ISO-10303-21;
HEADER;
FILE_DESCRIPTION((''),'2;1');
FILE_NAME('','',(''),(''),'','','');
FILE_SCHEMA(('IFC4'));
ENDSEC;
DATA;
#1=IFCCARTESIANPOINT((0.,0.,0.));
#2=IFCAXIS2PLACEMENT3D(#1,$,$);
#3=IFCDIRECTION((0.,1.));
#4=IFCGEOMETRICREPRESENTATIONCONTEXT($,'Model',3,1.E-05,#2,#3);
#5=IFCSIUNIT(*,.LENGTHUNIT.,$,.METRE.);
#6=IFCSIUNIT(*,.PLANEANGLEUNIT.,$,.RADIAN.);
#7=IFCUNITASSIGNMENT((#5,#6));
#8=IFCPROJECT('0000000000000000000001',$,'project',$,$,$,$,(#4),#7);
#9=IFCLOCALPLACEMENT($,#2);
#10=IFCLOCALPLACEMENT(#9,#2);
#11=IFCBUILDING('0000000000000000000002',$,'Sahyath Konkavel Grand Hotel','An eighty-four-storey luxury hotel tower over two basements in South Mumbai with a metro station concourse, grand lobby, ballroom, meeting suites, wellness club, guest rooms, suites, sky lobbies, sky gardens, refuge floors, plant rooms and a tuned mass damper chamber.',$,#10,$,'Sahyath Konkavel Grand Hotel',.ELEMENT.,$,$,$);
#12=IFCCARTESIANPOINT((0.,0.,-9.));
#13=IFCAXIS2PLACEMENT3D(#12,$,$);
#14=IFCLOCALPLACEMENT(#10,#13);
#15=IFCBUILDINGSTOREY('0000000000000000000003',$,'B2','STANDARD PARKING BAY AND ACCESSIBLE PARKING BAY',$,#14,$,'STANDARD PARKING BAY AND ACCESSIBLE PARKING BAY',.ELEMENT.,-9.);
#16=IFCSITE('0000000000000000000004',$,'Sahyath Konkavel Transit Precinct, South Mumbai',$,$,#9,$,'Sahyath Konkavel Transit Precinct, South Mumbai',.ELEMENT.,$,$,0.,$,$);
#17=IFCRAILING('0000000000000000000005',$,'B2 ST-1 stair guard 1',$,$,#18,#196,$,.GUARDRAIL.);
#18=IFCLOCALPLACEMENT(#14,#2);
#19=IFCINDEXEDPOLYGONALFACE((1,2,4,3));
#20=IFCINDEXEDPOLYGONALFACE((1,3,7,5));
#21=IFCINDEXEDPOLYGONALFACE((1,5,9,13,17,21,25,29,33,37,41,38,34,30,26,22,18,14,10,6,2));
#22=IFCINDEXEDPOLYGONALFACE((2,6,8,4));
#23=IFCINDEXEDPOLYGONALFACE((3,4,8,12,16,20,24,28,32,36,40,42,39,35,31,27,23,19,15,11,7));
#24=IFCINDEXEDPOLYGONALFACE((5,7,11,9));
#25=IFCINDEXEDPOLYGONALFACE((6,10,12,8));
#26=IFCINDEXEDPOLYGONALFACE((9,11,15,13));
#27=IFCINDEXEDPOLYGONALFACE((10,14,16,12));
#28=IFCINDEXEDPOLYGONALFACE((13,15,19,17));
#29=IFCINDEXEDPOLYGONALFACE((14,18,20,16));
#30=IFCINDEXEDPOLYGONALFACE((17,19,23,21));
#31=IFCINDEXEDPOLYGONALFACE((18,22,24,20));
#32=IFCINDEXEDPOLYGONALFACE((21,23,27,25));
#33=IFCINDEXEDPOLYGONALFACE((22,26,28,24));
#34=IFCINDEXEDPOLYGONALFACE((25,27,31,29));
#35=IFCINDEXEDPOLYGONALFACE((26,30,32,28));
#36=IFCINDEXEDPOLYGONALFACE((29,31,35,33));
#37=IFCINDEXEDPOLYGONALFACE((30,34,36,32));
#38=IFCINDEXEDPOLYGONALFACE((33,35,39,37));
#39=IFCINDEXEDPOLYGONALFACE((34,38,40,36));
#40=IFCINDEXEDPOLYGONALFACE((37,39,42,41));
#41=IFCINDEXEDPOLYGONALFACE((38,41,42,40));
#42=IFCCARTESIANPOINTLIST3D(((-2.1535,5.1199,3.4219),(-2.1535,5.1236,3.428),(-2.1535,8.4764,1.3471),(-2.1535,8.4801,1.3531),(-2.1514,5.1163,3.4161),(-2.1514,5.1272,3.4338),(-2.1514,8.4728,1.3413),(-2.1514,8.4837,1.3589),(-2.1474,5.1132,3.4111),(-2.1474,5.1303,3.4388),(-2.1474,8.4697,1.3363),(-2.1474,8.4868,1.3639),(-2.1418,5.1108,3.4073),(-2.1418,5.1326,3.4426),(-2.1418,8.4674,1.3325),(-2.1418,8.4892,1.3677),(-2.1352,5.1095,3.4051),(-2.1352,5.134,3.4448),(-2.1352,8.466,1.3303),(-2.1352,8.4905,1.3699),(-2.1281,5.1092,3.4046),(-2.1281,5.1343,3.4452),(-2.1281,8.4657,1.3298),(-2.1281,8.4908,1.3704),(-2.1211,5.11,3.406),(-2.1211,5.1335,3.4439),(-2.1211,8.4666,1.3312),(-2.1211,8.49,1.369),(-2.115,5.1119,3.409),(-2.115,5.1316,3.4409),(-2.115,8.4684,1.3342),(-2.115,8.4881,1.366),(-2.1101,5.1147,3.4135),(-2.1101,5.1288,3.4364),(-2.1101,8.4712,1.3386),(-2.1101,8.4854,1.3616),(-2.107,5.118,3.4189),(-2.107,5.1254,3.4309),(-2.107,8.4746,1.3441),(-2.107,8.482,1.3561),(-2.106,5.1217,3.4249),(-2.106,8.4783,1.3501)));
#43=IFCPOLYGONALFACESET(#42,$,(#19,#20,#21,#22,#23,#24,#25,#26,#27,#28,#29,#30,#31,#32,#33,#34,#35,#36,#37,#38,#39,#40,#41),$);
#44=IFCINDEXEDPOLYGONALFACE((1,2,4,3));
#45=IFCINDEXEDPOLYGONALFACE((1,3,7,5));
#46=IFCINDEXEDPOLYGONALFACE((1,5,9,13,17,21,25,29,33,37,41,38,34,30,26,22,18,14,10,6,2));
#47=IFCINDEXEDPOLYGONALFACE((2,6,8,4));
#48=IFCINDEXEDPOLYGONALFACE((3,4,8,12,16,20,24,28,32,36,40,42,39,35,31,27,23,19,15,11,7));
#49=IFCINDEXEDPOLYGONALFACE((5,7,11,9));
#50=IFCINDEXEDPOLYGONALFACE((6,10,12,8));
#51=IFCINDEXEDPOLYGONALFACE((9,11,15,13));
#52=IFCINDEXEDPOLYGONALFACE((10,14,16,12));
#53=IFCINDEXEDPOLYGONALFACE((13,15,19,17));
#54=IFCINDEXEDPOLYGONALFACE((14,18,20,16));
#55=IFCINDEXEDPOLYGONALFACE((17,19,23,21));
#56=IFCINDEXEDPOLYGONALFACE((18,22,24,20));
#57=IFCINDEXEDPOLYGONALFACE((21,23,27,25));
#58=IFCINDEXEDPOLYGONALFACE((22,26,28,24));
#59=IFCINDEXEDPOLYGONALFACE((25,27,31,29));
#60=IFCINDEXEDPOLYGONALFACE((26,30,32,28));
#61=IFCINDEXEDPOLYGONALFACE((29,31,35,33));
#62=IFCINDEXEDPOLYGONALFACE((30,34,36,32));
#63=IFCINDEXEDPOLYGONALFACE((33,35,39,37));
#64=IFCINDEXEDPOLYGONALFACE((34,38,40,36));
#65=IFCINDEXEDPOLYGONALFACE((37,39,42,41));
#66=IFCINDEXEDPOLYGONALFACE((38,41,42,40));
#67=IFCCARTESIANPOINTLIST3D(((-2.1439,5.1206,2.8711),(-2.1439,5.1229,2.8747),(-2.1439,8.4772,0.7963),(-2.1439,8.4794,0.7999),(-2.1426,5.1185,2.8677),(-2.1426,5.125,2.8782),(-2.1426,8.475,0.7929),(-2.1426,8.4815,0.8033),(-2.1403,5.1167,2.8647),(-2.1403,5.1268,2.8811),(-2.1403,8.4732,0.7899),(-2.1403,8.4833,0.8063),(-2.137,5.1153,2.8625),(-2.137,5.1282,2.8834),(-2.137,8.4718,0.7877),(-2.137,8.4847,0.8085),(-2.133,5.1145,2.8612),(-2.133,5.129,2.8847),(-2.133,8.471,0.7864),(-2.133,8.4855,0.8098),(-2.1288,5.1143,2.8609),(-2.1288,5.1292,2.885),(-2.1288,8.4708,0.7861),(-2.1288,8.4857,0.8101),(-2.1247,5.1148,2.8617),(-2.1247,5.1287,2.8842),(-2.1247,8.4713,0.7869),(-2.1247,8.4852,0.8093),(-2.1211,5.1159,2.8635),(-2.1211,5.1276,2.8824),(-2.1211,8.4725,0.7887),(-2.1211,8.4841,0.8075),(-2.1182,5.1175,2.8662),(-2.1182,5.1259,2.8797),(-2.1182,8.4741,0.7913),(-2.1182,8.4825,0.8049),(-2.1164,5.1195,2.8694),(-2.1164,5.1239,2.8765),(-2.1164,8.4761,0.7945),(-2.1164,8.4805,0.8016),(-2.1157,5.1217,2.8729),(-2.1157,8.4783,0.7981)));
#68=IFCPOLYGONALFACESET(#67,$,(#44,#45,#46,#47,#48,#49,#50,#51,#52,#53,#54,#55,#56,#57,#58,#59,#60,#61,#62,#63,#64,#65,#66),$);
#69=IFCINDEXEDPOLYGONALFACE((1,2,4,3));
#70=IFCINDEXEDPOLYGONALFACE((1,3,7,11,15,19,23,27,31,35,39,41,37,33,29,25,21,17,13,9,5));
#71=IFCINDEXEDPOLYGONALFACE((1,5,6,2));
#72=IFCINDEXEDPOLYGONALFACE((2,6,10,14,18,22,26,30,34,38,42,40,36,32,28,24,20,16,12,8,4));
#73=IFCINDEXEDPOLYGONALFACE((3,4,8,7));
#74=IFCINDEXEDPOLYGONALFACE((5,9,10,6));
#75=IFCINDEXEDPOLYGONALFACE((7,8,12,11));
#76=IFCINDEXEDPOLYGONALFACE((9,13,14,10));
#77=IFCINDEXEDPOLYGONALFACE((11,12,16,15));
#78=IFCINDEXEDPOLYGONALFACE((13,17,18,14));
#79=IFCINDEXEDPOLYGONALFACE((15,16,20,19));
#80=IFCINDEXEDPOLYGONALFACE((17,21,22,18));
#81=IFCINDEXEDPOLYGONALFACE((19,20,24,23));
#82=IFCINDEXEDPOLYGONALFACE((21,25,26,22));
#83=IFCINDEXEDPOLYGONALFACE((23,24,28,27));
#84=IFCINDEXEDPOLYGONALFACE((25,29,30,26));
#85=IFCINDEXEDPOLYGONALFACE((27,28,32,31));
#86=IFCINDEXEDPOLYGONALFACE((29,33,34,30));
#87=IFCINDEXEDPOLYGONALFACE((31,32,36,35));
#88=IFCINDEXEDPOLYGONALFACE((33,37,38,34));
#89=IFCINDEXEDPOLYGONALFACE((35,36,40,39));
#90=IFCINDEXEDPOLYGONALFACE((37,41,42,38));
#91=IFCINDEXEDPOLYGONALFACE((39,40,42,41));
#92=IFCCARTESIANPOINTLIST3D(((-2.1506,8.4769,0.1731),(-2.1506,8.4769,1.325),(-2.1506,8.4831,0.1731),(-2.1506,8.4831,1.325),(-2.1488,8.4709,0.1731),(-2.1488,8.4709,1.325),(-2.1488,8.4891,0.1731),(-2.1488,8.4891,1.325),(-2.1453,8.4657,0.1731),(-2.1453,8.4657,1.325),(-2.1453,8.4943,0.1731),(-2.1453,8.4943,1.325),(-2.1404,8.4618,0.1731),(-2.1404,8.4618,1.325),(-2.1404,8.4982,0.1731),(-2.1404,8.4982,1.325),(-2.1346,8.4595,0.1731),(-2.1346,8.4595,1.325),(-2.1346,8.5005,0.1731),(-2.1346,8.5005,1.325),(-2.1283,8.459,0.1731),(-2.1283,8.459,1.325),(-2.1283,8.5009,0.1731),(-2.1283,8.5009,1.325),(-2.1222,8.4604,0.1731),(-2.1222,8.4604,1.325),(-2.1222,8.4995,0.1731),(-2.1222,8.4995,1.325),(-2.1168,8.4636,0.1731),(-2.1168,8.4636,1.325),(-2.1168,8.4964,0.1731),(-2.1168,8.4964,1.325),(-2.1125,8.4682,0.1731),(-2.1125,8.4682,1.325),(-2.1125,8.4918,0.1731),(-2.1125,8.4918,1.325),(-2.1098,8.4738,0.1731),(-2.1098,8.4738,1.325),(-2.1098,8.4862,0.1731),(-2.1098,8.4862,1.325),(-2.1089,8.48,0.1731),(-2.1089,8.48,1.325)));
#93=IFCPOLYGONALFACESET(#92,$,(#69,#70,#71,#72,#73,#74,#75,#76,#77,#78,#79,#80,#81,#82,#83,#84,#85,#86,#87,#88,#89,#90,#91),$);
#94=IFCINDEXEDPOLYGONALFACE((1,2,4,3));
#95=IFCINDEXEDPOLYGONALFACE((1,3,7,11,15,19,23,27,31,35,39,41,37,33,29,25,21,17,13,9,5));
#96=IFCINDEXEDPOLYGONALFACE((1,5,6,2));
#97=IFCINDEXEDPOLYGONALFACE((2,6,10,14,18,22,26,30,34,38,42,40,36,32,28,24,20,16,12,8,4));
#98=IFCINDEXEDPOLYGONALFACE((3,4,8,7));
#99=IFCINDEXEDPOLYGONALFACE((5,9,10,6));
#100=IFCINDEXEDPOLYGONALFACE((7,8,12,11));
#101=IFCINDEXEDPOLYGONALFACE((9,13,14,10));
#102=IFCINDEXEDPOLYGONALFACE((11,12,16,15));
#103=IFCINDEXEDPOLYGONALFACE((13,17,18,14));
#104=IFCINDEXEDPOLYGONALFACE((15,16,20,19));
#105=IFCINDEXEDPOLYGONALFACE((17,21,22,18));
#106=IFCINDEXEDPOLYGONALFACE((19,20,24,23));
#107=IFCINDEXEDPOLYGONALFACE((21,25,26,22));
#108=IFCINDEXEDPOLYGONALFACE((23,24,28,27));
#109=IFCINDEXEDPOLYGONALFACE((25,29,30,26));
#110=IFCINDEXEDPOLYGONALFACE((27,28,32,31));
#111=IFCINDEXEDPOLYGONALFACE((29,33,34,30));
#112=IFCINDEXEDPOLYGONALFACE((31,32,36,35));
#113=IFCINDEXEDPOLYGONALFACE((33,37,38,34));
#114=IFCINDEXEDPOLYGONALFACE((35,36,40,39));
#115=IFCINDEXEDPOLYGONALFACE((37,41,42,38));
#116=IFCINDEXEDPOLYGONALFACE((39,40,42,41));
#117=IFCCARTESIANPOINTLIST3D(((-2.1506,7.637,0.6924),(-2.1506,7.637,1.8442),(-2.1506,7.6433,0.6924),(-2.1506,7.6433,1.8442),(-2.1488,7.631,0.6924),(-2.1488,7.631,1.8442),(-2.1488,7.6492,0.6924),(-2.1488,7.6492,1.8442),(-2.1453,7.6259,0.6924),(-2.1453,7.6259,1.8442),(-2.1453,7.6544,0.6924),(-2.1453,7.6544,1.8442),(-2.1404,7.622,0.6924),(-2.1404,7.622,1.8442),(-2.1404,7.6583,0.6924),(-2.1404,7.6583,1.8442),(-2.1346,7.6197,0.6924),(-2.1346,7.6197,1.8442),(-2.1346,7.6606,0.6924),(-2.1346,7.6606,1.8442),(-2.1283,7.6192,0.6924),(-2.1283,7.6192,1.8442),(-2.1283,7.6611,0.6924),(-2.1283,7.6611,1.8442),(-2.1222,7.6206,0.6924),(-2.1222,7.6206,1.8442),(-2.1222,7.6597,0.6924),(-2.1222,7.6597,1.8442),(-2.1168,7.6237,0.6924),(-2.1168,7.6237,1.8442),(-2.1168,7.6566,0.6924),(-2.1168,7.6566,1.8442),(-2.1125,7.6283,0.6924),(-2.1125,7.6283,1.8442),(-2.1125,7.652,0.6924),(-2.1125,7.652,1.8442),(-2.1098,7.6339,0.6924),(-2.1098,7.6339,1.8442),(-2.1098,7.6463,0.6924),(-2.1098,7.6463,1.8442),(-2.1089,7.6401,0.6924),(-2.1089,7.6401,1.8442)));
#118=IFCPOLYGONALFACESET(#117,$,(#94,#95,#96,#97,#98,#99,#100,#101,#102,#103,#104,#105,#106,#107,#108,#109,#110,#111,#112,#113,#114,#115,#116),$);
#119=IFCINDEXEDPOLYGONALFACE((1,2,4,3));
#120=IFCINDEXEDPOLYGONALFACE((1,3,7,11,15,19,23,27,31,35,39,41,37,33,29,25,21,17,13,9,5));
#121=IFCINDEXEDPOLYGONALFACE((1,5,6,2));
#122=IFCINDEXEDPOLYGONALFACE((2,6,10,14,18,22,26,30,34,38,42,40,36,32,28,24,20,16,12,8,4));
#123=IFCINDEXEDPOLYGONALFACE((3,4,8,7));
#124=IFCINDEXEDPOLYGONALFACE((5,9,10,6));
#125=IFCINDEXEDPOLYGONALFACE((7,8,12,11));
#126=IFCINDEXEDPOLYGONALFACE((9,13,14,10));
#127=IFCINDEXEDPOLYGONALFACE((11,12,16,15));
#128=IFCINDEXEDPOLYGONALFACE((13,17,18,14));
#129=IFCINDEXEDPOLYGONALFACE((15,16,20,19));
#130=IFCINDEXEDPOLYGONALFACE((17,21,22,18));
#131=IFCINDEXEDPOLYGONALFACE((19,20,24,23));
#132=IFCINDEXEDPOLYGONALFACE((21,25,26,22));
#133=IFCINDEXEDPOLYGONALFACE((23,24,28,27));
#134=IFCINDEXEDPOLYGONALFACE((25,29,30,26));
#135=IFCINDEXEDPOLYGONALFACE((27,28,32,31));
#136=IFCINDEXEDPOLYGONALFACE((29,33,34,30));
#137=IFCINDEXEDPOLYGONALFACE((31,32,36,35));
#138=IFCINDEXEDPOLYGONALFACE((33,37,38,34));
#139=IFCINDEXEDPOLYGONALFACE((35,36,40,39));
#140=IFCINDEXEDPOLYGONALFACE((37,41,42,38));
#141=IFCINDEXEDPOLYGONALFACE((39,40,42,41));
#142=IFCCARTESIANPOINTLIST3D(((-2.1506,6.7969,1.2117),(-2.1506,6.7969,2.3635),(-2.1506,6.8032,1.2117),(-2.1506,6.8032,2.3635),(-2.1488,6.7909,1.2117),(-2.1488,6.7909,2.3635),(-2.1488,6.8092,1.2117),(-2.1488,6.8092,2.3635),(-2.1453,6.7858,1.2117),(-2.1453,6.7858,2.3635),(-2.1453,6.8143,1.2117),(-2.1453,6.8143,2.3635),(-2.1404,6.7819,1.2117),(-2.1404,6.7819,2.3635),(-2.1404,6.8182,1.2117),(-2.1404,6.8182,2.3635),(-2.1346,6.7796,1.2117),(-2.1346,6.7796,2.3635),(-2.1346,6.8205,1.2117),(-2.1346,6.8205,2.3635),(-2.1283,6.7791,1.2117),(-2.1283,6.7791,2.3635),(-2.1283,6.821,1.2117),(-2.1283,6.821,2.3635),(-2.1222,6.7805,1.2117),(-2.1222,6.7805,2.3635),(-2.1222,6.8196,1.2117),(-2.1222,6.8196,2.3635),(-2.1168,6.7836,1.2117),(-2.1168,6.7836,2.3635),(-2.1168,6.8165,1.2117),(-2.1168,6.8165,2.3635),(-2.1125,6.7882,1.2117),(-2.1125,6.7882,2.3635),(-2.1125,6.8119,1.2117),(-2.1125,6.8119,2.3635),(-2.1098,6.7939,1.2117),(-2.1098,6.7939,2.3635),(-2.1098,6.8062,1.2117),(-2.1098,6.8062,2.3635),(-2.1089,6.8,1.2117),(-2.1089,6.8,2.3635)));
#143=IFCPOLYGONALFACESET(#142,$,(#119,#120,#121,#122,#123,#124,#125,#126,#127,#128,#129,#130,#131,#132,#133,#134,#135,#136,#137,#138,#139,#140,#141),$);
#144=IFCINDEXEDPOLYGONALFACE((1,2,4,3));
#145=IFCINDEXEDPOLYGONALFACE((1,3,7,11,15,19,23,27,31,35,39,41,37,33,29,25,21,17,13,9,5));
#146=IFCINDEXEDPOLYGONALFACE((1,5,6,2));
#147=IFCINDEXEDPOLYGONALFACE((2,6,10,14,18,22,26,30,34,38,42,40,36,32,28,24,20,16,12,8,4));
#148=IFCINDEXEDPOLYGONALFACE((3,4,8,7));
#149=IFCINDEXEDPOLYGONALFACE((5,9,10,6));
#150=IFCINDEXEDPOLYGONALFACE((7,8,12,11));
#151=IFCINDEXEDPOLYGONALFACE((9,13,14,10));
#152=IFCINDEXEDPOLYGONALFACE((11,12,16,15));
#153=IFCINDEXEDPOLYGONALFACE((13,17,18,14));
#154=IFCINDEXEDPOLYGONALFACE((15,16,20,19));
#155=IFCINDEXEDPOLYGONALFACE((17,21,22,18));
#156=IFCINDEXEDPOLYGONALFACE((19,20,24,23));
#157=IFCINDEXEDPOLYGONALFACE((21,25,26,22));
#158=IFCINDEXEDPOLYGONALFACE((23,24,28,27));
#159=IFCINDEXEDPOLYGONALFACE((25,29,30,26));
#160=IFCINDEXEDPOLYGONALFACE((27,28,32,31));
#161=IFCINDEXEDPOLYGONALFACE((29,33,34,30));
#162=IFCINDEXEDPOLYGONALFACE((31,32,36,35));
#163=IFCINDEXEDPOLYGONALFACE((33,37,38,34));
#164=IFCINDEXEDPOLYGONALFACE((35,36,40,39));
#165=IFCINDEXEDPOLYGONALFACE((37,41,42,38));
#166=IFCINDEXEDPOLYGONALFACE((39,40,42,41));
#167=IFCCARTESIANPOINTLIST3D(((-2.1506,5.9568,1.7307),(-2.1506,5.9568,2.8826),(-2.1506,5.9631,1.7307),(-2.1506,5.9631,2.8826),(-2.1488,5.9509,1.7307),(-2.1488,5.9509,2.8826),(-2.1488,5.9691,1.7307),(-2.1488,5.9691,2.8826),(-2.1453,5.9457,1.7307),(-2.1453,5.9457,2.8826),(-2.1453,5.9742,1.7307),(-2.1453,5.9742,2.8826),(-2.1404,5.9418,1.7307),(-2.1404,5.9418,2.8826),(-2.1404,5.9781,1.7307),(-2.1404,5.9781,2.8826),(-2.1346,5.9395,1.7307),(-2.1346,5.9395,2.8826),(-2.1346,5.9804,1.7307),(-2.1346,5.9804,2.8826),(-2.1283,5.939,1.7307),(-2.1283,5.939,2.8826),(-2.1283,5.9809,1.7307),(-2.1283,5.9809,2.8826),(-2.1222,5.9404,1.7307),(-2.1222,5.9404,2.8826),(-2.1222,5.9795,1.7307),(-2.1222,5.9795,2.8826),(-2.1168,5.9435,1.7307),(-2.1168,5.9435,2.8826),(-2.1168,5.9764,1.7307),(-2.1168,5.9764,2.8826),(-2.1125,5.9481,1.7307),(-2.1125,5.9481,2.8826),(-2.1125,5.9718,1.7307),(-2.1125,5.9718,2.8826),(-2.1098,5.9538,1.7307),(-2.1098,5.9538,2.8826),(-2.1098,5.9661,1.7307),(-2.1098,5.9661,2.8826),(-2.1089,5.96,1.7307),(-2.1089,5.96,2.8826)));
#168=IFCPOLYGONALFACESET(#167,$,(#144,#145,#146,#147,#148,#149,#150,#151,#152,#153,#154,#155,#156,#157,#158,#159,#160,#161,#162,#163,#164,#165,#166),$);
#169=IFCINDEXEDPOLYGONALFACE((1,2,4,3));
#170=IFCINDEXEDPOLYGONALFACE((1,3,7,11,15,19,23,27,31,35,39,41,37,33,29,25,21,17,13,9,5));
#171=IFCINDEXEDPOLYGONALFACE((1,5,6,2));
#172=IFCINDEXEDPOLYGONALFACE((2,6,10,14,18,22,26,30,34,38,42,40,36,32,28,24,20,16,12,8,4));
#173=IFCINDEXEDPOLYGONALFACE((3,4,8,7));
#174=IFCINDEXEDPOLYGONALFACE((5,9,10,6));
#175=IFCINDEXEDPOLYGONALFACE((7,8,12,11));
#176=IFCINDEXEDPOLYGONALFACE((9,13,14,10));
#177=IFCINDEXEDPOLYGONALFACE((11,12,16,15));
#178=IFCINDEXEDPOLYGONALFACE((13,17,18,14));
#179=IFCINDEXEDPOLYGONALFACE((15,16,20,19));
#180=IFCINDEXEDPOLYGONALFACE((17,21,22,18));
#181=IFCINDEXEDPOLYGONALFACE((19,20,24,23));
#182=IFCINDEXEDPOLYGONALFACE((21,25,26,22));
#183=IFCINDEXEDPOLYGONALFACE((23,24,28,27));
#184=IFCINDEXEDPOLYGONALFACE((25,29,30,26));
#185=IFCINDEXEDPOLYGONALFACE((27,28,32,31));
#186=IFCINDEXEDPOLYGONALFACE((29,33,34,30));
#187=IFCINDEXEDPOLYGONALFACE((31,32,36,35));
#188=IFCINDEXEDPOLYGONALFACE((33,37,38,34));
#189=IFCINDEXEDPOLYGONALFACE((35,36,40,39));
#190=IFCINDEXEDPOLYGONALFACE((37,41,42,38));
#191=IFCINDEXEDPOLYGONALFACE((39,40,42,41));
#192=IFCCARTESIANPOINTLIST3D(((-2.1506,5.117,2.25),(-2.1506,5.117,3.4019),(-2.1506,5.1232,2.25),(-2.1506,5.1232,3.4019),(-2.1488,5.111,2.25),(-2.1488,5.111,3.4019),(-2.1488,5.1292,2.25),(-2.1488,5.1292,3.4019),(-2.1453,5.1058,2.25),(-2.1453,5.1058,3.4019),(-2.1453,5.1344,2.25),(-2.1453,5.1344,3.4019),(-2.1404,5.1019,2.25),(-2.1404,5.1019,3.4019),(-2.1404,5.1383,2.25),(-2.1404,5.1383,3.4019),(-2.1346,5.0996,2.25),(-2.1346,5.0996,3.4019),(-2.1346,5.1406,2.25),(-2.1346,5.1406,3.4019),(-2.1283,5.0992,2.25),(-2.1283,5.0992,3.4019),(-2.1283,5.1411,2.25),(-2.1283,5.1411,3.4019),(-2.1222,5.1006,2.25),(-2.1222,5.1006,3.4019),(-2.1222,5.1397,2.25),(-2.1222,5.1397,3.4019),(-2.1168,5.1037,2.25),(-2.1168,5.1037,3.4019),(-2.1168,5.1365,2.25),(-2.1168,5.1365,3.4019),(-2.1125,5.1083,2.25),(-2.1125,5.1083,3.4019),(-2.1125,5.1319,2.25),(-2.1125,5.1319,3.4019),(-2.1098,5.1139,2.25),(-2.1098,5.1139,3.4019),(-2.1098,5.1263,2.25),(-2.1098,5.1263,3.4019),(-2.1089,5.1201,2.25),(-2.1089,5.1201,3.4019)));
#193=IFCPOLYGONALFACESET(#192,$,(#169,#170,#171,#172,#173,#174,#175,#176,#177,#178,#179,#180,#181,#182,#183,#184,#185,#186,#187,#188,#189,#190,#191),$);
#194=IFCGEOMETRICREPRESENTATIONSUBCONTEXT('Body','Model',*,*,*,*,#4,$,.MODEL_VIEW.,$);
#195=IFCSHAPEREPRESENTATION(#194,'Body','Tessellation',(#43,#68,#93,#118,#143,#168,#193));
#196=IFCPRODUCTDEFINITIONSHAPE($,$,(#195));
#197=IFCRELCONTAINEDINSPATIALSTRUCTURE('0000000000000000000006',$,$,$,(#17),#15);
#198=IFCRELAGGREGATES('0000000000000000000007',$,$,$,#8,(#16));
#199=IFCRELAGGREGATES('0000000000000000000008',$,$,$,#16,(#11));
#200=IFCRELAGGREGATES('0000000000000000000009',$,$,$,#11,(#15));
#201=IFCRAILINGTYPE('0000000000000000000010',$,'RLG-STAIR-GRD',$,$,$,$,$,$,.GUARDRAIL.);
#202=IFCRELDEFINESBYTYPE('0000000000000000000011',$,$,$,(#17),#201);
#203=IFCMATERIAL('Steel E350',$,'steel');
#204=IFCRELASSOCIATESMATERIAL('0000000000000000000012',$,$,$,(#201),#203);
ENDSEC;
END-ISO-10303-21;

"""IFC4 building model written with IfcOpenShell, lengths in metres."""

from ifc_helpers import new_model, si_unit, direction, frame, origin, origin_2d, place, context, subcontext, project, spatial, circle, extrude, material, type_object, element, save


model = new_model("IFC4")

# Units and contexts
model_context = context("Model", 3, precision=1e-05, world=origin(), true_north=direction((0.0, 1.0)))
body_context = subcontext(model_context, "Body", "Model", "MODEL_VIEW")
ifc_project = project(units=[si_unit("LENGTHUNIT", "METRE"), si_unit("PLANEANGLEUNIT", "RADIAN")], contexts=[model_context])

# Site, building, storey
site_placement = place(None, origin())
site = spatial("IfcSite", under=ifc_project, at=site_placement, Name="Sahyath Konkavel Transit Precinct, South Mumbai", LongName="Sahyath Konkavel Transit Precinct, South Mumbai", CompositionType="ELEMENT", RefElevation=0.0)
building_placement = place(site_placement, origin())
building = spatial("IfcBuilding", under=site, at=building_placement, Name="Sahyath Konkavel Grand Hotel", Description="An eighty-four-storey luxury hotel tower over two basements in South Mumbai with a metro station concourse, grand lobby, ballroom, meeting suites, wellness club, guest rooms, suites, sky lobbies, sky gardens, refuge floors, plant rooms and a tuned mass damper chamber.", LongName="Sahyath Konkavel Grand Hotel", CompositionType="ELEMENT")
storey_placement = place(building_placement, frame((0.0, 0.0, -9.0)))
storey = spatial("IfcBuildingStorey", under=building, at=storey_placement, Name="B2", Description="STANDARD PARKING BAY AND ACCESSIBLE PARKING BAY", LongName="STANDARD PARKING BAY AND ACCESSIBLE PARKING BAY", CompositionType="ELEMENT", Elevation=-9.0)

# Shared definitions
ifc_material_1 = material(Name="Steel E350", Category="steel")

# Railing
railing_type_1 = type_object("IfcRailingType", Name="RLG-STAIR-GRD", PredefinedType="GUARDRAIL", material=ifc_material_1)
railing_1_placement = place(storey_placement, frame((-2.1299, 8.48, 0.1731)))
element("IfcRailing", 1, at=railing_1_placement, inside=storey, type_object=railing_type_1, Name="B2 ST-1 stair guard 1", PredefinedType="GUARDRAIL", context=body_context, shape_type="SweptSolid", body=[
    extrude(circle(Radius=0.0239, at=origin_2d()), frame((0.0, -0.0017, 1.177), z_axis=(0.0, -0.850606, 0.525803), x_axis=(1.0, 0.0, 0.0)), (0.0, 0.0, 1.0), 3.946),
    extrude(circle(Radius=0.0142, at=origin_2d()), frame((0.0, -0.0017, 0.625), z_axis=(0.0, -0.850606, 0.525803), x_axis=(1.0, 0.0, 0.0)), (0.0, 0.0, 1.0), 3.946),
    extrude(circle(Radius=0.021, at=origin_2d()), origin(), (0.0, 0.0, 1.0), 1.1519),
    extrude(circle(Radius=0.021, at=origin_2d()), frame((0.0, -0.8398, 0.5193)), (0.0, 0.0, 1.0), 1.1519),
    extrude(circle(Radius=0.021, at=origin_2d()), frame((0.0, -1.6799, 1.0386)), (0.0, 0.0, 1.0), 1.1519),
    extrude(circle(Radius=0.021, at=origin_2d()), frame((0.0, -2.52, 1.5576)), (0.0, 0.0, 1.0), 1.1519),
    extrude(circle(Radius=0.021, at=origin_2d()), frame((0.0, -3.3599, 2.0769)), (0.0, 0.0, 1.0), 1.1519),
])

save(model, "model.ifc")
